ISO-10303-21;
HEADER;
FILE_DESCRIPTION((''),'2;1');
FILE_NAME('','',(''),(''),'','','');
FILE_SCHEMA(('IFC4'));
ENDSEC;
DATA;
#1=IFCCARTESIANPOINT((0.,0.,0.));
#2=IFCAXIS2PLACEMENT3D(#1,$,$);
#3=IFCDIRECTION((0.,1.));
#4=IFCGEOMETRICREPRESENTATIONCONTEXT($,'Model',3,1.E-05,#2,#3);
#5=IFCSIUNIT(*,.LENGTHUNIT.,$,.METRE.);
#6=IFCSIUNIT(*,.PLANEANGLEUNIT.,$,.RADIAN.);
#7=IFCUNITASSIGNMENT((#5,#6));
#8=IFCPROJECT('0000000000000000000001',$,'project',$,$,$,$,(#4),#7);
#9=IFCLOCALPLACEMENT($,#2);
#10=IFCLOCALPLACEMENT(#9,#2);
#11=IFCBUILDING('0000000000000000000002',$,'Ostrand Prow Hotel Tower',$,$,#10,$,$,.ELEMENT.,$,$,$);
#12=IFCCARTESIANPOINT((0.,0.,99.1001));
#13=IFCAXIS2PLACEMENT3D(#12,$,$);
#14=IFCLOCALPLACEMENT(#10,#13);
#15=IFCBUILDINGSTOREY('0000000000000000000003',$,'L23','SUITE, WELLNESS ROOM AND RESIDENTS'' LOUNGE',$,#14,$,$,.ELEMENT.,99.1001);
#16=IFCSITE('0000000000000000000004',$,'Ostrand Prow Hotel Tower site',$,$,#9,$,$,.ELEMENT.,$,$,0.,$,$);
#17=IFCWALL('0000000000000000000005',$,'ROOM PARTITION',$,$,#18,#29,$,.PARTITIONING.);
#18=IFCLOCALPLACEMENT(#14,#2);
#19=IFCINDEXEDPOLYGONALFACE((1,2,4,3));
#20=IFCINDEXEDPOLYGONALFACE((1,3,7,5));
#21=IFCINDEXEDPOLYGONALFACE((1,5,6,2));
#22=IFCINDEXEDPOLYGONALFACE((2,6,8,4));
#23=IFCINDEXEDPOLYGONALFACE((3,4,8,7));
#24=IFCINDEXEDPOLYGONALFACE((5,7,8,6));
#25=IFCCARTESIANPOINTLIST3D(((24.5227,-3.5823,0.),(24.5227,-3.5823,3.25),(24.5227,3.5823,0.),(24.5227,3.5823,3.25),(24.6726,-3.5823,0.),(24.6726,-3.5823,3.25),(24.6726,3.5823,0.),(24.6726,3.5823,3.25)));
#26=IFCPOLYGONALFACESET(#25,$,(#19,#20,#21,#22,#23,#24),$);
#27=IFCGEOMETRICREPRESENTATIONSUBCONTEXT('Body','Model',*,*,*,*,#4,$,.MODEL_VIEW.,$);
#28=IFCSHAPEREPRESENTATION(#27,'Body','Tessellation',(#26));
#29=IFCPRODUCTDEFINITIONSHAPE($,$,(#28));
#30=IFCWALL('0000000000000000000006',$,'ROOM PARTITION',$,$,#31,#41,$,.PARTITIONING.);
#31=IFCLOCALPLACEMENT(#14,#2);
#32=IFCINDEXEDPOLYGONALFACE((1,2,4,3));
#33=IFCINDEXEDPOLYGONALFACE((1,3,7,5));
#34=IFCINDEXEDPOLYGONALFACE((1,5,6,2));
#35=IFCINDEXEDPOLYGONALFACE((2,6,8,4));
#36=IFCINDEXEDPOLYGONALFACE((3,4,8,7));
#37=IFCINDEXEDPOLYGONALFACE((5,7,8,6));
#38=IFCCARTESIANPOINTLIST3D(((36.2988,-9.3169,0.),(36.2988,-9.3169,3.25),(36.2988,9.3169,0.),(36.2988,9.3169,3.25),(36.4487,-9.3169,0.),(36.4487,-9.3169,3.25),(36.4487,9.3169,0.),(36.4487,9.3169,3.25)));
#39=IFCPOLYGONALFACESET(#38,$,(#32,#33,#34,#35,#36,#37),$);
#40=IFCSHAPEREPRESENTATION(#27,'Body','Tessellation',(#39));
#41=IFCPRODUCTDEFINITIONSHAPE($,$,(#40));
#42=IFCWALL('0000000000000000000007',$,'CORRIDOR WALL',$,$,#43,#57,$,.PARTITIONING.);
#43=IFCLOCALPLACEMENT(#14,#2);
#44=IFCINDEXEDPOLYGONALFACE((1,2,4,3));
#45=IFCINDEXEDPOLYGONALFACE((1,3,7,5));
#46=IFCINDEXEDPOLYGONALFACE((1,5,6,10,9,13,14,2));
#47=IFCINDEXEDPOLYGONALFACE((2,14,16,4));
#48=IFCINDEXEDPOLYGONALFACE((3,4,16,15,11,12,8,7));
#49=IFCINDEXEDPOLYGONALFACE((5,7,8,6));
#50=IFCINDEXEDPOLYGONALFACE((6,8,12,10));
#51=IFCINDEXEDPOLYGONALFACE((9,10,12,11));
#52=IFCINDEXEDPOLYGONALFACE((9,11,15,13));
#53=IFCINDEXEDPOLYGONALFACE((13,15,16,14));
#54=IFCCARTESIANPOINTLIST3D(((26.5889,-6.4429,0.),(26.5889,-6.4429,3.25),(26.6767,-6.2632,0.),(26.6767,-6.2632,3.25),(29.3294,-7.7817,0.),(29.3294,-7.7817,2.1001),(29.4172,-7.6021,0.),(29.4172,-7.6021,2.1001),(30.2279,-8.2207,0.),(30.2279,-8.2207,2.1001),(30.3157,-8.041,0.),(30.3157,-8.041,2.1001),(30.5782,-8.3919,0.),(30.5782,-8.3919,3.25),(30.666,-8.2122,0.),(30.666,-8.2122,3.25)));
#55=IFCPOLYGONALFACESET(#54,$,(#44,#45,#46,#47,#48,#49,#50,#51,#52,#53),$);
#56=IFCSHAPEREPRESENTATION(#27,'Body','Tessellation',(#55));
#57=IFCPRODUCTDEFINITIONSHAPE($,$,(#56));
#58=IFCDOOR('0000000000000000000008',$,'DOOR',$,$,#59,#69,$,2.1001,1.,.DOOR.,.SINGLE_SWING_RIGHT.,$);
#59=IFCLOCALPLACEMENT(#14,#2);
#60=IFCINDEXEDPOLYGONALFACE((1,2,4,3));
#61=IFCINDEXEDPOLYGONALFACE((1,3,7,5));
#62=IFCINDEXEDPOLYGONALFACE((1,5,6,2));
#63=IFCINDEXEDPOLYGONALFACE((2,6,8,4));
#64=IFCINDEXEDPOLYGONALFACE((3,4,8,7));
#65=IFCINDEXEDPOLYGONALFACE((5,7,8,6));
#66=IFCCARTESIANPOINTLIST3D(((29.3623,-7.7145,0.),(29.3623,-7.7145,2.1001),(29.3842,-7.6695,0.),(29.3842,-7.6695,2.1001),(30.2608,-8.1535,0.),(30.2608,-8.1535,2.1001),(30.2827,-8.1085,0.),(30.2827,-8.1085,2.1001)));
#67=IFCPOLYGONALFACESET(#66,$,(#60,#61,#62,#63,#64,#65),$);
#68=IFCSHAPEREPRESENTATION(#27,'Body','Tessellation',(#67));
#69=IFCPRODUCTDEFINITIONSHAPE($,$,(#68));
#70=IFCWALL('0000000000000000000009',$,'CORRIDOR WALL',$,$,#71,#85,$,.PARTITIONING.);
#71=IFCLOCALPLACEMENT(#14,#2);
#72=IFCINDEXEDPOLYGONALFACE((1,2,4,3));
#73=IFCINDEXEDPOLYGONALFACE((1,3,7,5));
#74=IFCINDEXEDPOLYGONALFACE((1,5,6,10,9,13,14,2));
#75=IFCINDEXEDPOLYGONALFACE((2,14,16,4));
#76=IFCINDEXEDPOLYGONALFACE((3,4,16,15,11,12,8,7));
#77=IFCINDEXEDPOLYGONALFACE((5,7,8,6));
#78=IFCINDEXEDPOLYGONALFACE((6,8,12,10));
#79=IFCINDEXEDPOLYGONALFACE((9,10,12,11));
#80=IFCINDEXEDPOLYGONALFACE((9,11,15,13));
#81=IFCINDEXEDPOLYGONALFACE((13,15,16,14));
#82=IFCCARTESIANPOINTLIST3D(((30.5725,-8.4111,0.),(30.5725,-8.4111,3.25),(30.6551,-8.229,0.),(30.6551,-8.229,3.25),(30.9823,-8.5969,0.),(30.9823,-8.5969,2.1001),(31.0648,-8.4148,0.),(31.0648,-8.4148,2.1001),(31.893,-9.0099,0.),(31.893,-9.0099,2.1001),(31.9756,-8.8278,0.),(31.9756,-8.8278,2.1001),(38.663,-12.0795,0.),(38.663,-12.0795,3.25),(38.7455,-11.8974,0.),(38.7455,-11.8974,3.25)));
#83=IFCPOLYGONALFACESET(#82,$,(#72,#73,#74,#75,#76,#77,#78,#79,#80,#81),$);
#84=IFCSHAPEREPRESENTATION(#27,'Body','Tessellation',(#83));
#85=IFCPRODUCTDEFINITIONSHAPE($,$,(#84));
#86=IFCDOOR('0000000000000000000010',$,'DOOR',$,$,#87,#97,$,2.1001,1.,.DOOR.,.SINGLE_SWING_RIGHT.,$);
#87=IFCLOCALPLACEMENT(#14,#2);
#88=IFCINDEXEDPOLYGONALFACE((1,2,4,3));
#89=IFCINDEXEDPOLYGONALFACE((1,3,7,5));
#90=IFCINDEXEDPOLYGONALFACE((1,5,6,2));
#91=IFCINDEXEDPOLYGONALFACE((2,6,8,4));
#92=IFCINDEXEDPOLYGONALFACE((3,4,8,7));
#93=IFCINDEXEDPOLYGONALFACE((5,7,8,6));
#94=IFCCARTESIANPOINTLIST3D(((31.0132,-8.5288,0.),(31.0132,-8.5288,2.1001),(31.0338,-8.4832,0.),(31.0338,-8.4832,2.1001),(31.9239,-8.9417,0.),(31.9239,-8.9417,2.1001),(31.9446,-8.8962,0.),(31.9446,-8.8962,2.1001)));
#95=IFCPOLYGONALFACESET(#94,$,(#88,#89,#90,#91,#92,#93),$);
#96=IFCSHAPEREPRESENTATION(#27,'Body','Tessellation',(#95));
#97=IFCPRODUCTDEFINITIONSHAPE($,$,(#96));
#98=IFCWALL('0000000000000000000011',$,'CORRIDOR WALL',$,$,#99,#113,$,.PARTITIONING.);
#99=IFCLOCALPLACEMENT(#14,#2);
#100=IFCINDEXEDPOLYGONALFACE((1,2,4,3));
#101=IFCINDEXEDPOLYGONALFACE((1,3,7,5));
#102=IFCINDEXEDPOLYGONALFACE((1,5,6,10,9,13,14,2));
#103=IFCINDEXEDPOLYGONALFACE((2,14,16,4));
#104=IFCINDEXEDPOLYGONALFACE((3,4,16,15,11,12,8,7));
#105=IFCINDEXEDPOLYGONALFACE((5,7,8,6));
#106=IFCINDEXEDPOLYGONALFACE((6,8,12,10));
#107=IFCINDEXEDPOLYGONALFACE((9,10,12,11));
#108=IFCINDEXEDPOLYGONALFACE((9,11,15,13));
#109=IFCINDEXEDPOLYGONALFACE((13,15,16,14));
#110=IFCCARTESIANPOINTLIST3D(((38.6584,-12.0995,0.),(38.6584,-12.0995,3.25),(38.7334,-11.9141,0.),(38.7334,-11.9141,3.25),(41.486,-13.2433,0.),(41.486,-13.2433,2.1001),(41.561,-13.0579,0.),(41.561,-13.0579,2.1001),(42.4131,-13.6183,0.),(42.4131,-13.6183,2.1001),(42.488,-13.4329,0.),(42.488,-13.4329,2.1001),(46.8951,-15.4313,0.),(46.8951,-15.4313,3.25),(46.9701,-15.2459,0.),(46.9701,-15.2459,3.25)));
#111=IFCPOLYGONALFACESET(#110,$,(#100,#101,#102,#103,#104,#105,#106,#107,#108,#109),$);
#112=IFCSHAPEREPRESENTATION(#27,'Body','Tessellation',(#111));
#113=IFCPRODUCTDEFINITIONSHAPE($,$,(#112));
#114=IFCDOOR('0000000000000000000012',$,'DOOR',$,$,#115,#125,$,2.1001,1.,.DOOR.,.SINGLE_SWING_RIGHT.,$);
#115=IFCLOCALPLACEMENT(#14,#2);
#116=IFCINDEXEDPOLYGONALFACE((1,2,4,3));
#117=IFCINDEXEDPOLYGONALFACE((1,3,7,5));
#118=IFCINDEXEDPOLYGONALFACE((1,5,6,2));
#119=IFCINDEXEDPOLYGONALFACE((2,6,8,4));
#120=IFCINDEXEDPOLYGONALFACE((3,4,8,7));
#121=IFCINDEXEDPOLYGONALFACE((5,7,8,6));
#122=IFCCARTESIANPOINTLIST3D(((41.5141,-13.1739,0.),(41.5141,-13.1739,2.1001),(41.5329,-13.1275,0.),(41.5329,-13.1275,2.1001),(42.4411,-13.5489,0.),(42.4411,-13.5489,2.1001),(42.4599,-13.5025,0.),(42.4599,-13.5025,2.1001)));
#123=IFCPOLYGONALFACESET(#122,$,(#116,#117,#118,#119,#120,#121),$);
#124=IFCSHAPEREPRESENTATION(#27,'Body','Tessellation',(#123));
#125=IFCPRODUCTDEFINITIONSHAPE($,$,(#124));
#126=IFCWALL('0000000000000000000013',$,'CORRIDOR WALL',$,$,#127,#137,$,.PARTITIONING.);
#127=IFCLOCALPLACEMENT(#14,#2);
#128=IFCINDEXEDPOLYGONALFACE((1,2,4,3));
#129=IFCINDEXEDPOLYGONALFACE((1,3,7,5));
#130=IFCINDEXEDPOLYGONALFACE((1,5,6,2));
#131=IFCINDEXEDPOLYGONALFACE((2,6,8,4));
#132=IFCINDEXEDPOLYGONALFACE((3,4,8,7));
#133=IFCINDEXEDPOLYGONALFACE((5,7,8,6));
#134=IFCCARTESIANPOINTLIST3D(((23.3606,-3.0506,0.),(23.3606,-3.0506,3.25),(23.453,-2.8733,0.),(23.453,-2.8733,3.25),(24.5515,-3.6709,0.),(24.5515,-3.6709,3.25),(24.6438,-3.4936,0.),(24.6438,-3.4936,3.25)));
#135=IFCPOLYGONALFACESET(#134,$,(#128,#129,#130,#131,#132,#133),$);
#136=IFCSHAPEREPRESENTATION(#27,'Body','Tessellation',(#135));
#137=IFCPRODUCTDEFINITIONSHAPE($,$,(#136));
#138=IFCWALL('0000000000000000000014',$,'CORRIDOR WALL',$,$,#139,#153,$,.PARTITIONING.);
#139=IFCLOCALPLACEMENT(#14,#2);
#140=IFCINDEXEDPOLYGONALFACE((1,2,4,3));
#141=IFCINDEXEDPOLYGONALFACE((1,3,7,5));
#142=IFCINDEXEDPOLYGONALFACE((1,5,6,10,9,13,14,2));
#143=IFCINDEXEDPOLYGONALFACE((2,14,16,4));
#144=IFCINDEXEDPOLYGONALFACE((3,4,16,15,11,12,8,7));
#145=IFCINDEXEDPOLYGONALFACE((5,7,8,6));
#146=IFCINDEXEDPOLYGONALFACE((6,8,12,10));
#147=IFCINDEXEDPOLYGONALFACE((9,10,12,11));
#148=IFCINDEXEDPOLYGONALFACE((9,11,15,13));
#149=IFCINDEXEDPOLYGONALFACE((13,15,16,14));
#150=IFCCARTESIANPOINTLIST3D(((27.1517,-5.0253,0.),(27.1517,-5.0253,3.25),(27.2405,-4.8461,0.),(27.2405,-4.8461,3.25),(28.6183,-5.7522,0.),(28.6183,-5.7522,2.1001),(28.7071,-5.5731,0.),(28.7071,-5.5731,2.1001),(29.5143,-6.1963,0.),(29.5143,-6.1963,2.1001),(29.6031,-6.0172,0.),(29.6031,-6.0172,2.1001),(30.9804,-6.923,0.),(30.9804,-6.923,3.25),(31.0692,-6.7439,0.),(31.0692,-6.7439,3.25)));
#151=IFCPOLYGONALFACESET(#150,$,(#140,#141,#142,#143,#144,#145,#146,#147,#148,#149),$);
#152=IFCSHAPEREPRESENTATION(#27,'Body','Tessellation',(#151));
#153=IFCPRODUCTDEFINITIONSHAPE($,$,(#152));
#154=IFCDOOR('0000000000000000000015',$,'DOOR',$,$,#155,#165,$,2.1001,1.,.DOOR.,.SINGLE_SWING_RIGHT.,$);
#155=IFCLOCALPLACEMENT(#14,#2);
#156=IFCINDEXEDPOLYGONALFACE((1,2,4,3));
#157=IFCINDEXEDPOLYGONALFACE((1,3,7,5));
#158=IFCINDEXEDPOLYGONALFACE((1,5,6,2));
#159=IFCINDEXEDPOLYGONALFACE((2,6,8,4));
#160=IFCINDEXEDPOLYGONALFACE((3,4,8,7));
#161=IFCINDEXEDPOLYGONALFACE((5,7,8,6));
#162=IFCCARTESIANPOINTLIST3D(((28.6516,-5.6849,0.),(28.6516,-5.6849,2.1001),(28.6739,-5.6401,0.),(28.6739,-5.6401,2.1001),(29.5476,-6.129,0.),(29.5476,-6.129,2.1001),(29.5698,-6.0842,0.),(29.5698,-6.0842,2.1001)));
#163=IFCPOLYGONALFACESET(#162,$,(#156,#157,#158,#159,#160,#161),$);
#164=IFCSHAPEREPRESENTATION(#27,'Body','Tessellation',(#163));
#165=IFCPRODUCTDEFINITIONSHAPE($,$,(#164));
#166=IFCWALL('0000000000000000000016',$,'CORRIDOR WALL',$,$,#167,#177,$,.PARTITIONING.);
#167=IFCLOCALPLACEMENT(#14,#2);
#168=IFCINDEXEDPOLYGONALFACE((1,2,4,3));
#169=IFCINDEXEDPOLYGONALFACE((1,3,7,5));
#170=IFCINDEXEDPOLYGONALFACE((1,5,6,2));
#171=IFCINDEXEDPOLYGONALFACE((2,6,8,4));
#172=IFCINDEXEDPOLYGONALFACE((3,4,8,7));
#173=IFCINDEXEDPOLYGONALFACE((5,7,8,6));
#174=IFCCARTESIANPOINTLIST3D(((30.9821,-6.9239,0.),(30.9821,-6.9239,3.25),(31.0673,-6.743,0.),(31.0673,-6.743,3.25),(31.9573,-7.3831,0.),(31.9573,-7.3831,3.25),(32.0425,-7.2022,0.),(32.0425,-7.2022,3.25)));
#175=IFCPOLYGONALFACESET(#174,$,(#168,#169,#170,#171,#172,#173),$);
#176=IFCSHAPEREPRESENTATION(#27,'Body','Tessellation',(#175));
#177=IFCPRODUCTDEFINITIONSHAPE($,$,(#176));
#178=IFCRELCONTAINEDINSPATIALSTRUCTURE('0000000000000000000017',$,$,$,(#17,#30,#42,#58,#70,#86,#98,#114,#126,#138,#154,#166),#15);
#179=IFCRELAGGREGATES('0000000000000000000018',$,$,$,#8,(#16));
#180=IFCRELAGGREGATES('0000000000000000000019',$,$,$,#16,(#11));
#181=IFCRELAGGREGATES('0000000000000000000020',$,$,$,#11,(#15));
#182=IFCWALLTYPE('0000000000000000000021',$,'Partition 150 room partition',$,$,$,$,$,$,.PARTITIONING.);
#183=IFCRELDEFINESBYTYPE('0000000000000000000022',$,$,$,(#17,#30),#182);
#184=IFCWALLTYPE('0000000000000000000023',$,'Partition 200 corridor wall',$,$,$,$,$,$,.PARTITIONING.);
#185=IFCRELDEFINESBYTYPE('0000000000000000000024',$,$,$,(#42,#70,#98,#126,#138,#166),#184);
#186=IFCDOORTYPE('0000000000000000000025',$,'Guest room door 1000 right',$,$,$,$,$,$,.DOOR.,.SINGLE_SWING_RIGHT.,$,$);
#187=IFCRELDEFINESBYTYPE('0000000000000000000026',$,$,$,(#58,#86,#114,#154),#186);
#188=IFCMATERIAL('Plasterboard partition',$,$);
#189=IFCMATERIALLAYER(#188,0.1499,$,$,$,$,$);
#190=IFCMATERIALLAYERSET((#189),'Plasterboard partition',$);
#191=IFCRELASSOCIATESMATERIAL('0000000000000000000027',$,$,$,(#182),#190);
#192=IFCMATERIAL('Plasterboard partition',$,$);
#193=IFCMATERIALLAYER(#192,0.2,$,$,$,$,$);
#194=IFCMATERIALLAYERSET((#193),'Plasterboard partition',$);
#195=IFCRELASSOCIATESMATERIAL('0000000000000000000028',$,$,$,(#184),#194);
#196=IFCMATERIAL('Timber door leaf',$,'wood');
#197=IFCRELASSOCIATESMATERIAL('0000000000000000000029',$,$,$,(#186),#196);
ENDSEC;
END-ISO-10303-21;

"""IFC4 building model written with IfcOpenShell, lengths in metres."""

from ifc_helpers import new_model, si_unit, direction, frame, frame_2d, origin, place, context, subcontext, project, spatial, rectangle, extrude, material, layer, layer_set, type_object, element, fill, save


model = new_model("IFC4")

# Units and contexts
model_context = context("Model", 3, precision=1e-05, world=origin(), true_north=direction((0.0, 1.0)))
body_context = subcontext(model_context, "Body", "Model", "MODEL_VIEW")
ifc_project = project(units=[si_unit("LENGTHUNIT", "METRE"), si_unit("PLANEANGLEUNIT", "RADIAN")], contexts=[model_context])

# Site, building, storey
site_placement = place(None, origin())
site = spatial("IfcSite", under=ifc_project, at=site_placement, Name="Ostrand Prow Hotel Tower site", CompositionType="ELEMENT", RefElevation=0.0)
building_placement = place(site_placement, origin())
building = spatial("IfcBuilding", under=site, at=building_placement, Name="Ostrand Prow Hotel Tower", CompositionType="ELEMENT")
storey_placement = place(building_placement, frame((0.0, 0.0, 99.1001)))
storey = spatial("IfcBuildingStorey", under=building, at=storey_placement, Name="L23", Description="SUITE, WELLNESS ROOM AND RESIDENTS' LOUNGE", CompositionType="ELEMENT", Elevation=99.1001)

# Walls
ifc_material_1 = material(Name="Plasterboard partition")
ifc_layer_1 = layer(ifc_material_1, 0.1499)
ifc_layer_set_1 = layer_set([ifc_layer_1], Name="Plasterboard partition")
wall_type_1 = type_object("IfcWallType", Name="Partition 150 room partition", PredefinedType="PARTITIONING", material=ifc_layer_set_1)
wall_1_placement = place(storey_placement, frame((24.5977, -3.5823, 0.0), z_axis=(0.0, 0.0, 1.0), x_axis=(0.0, 1.0, 0.0)))
element("IfcWall", 1, at=wall_1_placement, inside=storey, type_object=wall_type_1, Name="ROOM PARTITION", PredefinedType="PARTITIONING", context=body_context, shape_type="SweptSolid", body=[
    extrude(rectangle(XDim=7.1646, YDim=0.1499, at=frame_2d((3.5823, 0.0))), origin(), (0.0, 0.0, 1.0), 3.25),
])
wall_2_placement = place(storey_placement, frame((36.3738, -9.3169, 0.0), z_axis=(0.0, 0.0, 1.0), x_axis=(0.0, 1.0, 0.0)))
element("IfcWall", 2, at=wall_2_placement, inside=storey, type_object=wall_type_1, Name="ROOM PARTITION", PredefinedType="PARTITIONING", context=body_context, shape_type="SweptSolid", body=[
    extrude(rectangle(XDim=18.6338, YDim=0.1499, at=frame_2d((9.3169, 0.0))), origin(), (0.0, 0.0, 1.0), 3.25),
])

# Walls, openings, doors
ifc_material_2 = material(Name="Plasterboard partition")
ifc_layer_2 = layer(ifc_material_2, 0.2)
ifc_layer_set_2 = layer_set([ifc_layer_2], Name="Plasterboard partition")
wall_type_2 = type_object("IfcWallType", Name="Partition 200 corridor wall", PredefinedType="PARTITIONING", material=ifc_layer_set_2)
wall_3_placement = place(storey_placement, frame((26.6328, -6.353, 0.0), z_axis=(0.0, 0.0, 1.0), x_axis=(0.898502, -0.438968, 0.0)))
wall_3 = element("IfcWall", 3, at=wall_3_placement, inside=storey, type_object=wall_type_2, Name="CORRIDOR WALL", PredefinedType="PARTITIONING", context=body_context, shape_type="SweptSolid", body=[
    extrude(rectangle(XDim=4.4399, YDim=0.2, at=frame_2d((2.22, 0.0))), origin(), (0.0, 0.0, 1.0), 3.25),
])
opening_1_placement = place(wall_3_placement, frame((3.05, 0.0, 0.0)))
opening_1 = element("IfcOpeningElement", 4, at=opening_1_placement, cuts=wall_3, PredefinedType="OPENING", context=body_context, shape_type="SweptSolid", body=[
    extrude(rectangle(XDim=1.0, YDim=2.1001, at=frame_2d((0.5, 1.05))), frame((0.0, 0.1099, 0.0), z_axis=(0.0, -1.0, 0.0), x_axis=(1.0, 0.0, 0.0)), (0.0, 0.0, 1.0), 0.22),
])
ifc_material_3 = material(Name="Timber door leaf", Category="wood")
door_type_1 = type_object("IfcDoorType", Name="Guest room door 1000 right", OperationType="SINGLE_SWING_RIGHT", PredefinedType="DOOR", material=ifc_material_3)
door_1_placement = place(opening_1_placement, origin())
door_1 = element("IfcDoor", 5, at=door_1_placement, inside=storey, type_object=door_type_1, Name="DOOR", OperationType="SINGLE_SWING_RIGHT", OverallHeight=2.1001, OverallWidth=1.0, PredefinedType="DOOR", context=body_context, shape_type="SweptSolid", body=[
    extrude(rectangle(XDim=1.0, YDim=2.1001, at=frame_2d((0.5, 1.05))), frame((0.0, 0.0249, 0.0), z_axis=(0.0, -1.0, 0.0), x_axis=(1.0, 0.0, 0.0)), (0.0, 0.0, 1.0), 0.05),
])
fill(opening_1, door_1)
wall_4_placement = place(storey_placement, frame((30.6138, -8.3201, 0.0), z_axis=(0.0, 0.0, 1.0), x_axis=(0.910751, -0.412956, 0.0)))
wall_4 = element("IfcWall", 6, at=wall_4_placement, inside=storey, type_object=wall_type_2, Name="CORRIDOR WALL", PredefinedType="PARTITIONING", context=body_context, shape_type="SweptSolid", body=[
    extrude(rectangle(XDim=8.8833, YDim=0.2, at=frame_2d((4.4417, 0.0))), origin(), (0.0, 0.0, 1.0), 3.25),
])
opening_2_placement = place(wall_4_placement, frame((0.45, 0.0, 0.0)))
opening_2 = element("IfcOpeningElement", 7, at=opening_2_placement, cuts=wall_4, PredefinedType="OPENING", context=body_context, shape_type="SweptSolid", body=[
    extrude(rectangle(XDim=1.0, YDim=2.1001, at=frame_2d((0.5, 1.05))), frame((0.0, 0.1099, 0.0), z_axis=(0.0, -1.0, 0.0), x_axis=(1.0, 0.0, 0.0)), (0.0, 0.0, 1.0), 0.22),
])
door_2_placement = place(opening_2_placement, origin())
door_2 = element("IfcDoor", 8, at=door_2_placement, inside=storey, type_object=door_type_1, Name="DOOR", OperationType="SINGLE_SWING_RIGHT", OverallHeight=2.1001, OverallWidth=1.0, PredefinedType="DOOR", context=body_context, shape_type="SweptSolid", body=[
    extrude(rectangle(XDim=1.0, YDim=2.1001, at=frame_2d((0.5, 1.05))), frame((0.0, 0.0249, 0.0), z_axis=(0.0, -1.0, 0.0), x_axis=(1.0, 0.0, 0.0)), (0.0, 0.0, 1.0), 0.05),
])
fill(opening_2, door_2)
wall_5_placement = place(storey_placement, frame((38.696, -12.0068, 0.0), z_axis=(0.0, 0.0, 1.0), x_axis=(0.927028, -0.374993, 0.0)))
wall_5 = element("IfcWall", 9, at=wall_5_placement, inside=storey, type_object=wall_type_2, Name="CORRIDOR WALL", PredefinedType="PARTITIONING", context=body_context, shape_type="SweptSolid", body=[
    extrude(rectangle(XDim=8.885, YDim=0.2, at=frame_2d((4.4424, 0.0))), origin(), (0.0, 0.0, 1.0), 3.25),
])
opening_3_placement = place(wall_5_placement, frame((3.05, 0.0, 0.0)))
opening_3 = element("IfcOpeningElement", 10, at=opening_3_placement, cuts=wall_5, PredefinedType="OPENING", context=body_context, shape_type="SweptSolid", body=[
    extrude(rectangle(XDim=1.0, YDim=2.1001, at=frame_2d((0.5, 1.05))), frame((0.0, 0.1099, 0.0), z_axis=(0.0, -1.0, 0.0), x_axis=(1.0, 0.0, 0.0)), (0.0, 0.0, 1.0), 0.22),
])
door_3_placement = place(opening_3_placement, origin())
door_3 = element("IfcDoor", 11, at=door_3_placement, inside=storey, type_object=door_type_1, Name="DOOR", OperationType="SINGLE_SWING_RIGHT", OverallHeight=2.1001, OverallWidth=1.0, PredefinedType="DOOR", context=body_context, shape_type="SweptSolid", body=[
    extrude(rectangle(XDim=1.0, YDim=2.1001, at=frame_2d((0.5, 1.05))), frame((0.0, 0.0249, 0.0), z_axis=(0.0, -1.0, 0.0), x_axis=(1.0, 0.0, 0.0)), (0.0, 0.0, 1.0), 0.05),
])
fill(opening_3, door_3)

# Wall
wall_6_placement = place(storey_placement, frame((24.5977, -3.5823, 0.0), z_axis=(0.0, 0.0, 1.0), x_axis=(-0.886886, 0.461988, 0.0)))
element("IfcWall", 12, at=wall_6_placement, inside=storey, type_object=wall_type_2, Name="CORRIDOR WALL", PredefinedType="PARTITIONING", context=body_context, shape_type="SweptSolid", body=[
    extrude(rectangle(XDim=1.3428, YDim=0.2, at=frame_2d((0.6714, 0.0))), origin(), (0.0, 0.0, 1.0), 3.25),
])

# Wall, opening, door
wall_7_placement = place(storey_placement, frame((31.0249, -6.8335, 0.0), z_axis=(0.0, 0.0, 1.0), x_axis=(-0.895976, 0.444103, 0.0)))
wall_7 = element("IfcWall", 13, at=wall_7_placement, inside=storey, type_object=wall_type_2, Name="CORRIDOR WALL", PredefinedType="PARTITIONING", context=body_context, shape_type="SweptSolid", body=[
    extrude(rectangle(XDim=4.2732, YDim=0.2, at=frame_2d((2.1367, 0.0))), origin(), (0.0, 0.0, 1.0), 3.25),
])
opening_4_placement = place(wall_7_placement, frame((1.6365, 0.0, 0.0)))
opening_4 = element("IfcOpeningElement", 14, at=opening_4_placement, cuts=wall_7, PredefinedType="OPENING", context=body_context, shape_type="SweptSolid", body=[
    extrude(rectangle(XDim=1.0, YDim=2.1001, at=frame_2d((0.5, 1.05))), frame((0.0, 0.1099, 0.0), z_axis=(0.0, -1.0, 0.0), x_axis=(1.0, 0.0, 0.0)), (0.0, 0.0, 1.0), 0.22),
])
door_4_placement = place(opening_4_placement, origin())
door_4 = element("IfcDoor", 15, at=door_4_placement, inside=storey, type_object=door_type_1, Name="DOOR", OperationType="SINGLE_SWING_RIGHT", OverallHeight=2.1001, OverallWidth=1.0, PredefinedType="DOOR", context=body_context, shape_type="SweptSolid", body=[
    extrude(rectangle(XDim=1.0, YDim=2.1001, at=frame_2d((0.5, 1.05))), frame((0.0, 0.0249, 0.0), z_axis=(0.0, -1.0, 0.0), x_axis=(1.0, 0.0, 0.0)), (0.0, 0.0, 1.0), 0.05),
])
fill(opening_4, door_4)

# Wall
wall_8_placement = place(storey_placement, frame((32.0, -7.2927, 0.0), z_axis=(0.0, 0.0, 1.0), x_axis=(-0.90469, 0.42607, 0.0)))
element("IfcWall", 16, at=wall_8_placement, inside=storey, type_object=wall_type_2, Name="CORRIDOR WALL", PredefinedType="PARTITIONING", context=body_context, shape_type="SweptSolid", body=[
    extrude(rectangle(XDim=1.0779, YDim=0.2, at=frame_2d((0.5391, 0.0))), origin(), (0.0, 0.0, 1.0), 3.25),
])

save(model, "model.ifc")
